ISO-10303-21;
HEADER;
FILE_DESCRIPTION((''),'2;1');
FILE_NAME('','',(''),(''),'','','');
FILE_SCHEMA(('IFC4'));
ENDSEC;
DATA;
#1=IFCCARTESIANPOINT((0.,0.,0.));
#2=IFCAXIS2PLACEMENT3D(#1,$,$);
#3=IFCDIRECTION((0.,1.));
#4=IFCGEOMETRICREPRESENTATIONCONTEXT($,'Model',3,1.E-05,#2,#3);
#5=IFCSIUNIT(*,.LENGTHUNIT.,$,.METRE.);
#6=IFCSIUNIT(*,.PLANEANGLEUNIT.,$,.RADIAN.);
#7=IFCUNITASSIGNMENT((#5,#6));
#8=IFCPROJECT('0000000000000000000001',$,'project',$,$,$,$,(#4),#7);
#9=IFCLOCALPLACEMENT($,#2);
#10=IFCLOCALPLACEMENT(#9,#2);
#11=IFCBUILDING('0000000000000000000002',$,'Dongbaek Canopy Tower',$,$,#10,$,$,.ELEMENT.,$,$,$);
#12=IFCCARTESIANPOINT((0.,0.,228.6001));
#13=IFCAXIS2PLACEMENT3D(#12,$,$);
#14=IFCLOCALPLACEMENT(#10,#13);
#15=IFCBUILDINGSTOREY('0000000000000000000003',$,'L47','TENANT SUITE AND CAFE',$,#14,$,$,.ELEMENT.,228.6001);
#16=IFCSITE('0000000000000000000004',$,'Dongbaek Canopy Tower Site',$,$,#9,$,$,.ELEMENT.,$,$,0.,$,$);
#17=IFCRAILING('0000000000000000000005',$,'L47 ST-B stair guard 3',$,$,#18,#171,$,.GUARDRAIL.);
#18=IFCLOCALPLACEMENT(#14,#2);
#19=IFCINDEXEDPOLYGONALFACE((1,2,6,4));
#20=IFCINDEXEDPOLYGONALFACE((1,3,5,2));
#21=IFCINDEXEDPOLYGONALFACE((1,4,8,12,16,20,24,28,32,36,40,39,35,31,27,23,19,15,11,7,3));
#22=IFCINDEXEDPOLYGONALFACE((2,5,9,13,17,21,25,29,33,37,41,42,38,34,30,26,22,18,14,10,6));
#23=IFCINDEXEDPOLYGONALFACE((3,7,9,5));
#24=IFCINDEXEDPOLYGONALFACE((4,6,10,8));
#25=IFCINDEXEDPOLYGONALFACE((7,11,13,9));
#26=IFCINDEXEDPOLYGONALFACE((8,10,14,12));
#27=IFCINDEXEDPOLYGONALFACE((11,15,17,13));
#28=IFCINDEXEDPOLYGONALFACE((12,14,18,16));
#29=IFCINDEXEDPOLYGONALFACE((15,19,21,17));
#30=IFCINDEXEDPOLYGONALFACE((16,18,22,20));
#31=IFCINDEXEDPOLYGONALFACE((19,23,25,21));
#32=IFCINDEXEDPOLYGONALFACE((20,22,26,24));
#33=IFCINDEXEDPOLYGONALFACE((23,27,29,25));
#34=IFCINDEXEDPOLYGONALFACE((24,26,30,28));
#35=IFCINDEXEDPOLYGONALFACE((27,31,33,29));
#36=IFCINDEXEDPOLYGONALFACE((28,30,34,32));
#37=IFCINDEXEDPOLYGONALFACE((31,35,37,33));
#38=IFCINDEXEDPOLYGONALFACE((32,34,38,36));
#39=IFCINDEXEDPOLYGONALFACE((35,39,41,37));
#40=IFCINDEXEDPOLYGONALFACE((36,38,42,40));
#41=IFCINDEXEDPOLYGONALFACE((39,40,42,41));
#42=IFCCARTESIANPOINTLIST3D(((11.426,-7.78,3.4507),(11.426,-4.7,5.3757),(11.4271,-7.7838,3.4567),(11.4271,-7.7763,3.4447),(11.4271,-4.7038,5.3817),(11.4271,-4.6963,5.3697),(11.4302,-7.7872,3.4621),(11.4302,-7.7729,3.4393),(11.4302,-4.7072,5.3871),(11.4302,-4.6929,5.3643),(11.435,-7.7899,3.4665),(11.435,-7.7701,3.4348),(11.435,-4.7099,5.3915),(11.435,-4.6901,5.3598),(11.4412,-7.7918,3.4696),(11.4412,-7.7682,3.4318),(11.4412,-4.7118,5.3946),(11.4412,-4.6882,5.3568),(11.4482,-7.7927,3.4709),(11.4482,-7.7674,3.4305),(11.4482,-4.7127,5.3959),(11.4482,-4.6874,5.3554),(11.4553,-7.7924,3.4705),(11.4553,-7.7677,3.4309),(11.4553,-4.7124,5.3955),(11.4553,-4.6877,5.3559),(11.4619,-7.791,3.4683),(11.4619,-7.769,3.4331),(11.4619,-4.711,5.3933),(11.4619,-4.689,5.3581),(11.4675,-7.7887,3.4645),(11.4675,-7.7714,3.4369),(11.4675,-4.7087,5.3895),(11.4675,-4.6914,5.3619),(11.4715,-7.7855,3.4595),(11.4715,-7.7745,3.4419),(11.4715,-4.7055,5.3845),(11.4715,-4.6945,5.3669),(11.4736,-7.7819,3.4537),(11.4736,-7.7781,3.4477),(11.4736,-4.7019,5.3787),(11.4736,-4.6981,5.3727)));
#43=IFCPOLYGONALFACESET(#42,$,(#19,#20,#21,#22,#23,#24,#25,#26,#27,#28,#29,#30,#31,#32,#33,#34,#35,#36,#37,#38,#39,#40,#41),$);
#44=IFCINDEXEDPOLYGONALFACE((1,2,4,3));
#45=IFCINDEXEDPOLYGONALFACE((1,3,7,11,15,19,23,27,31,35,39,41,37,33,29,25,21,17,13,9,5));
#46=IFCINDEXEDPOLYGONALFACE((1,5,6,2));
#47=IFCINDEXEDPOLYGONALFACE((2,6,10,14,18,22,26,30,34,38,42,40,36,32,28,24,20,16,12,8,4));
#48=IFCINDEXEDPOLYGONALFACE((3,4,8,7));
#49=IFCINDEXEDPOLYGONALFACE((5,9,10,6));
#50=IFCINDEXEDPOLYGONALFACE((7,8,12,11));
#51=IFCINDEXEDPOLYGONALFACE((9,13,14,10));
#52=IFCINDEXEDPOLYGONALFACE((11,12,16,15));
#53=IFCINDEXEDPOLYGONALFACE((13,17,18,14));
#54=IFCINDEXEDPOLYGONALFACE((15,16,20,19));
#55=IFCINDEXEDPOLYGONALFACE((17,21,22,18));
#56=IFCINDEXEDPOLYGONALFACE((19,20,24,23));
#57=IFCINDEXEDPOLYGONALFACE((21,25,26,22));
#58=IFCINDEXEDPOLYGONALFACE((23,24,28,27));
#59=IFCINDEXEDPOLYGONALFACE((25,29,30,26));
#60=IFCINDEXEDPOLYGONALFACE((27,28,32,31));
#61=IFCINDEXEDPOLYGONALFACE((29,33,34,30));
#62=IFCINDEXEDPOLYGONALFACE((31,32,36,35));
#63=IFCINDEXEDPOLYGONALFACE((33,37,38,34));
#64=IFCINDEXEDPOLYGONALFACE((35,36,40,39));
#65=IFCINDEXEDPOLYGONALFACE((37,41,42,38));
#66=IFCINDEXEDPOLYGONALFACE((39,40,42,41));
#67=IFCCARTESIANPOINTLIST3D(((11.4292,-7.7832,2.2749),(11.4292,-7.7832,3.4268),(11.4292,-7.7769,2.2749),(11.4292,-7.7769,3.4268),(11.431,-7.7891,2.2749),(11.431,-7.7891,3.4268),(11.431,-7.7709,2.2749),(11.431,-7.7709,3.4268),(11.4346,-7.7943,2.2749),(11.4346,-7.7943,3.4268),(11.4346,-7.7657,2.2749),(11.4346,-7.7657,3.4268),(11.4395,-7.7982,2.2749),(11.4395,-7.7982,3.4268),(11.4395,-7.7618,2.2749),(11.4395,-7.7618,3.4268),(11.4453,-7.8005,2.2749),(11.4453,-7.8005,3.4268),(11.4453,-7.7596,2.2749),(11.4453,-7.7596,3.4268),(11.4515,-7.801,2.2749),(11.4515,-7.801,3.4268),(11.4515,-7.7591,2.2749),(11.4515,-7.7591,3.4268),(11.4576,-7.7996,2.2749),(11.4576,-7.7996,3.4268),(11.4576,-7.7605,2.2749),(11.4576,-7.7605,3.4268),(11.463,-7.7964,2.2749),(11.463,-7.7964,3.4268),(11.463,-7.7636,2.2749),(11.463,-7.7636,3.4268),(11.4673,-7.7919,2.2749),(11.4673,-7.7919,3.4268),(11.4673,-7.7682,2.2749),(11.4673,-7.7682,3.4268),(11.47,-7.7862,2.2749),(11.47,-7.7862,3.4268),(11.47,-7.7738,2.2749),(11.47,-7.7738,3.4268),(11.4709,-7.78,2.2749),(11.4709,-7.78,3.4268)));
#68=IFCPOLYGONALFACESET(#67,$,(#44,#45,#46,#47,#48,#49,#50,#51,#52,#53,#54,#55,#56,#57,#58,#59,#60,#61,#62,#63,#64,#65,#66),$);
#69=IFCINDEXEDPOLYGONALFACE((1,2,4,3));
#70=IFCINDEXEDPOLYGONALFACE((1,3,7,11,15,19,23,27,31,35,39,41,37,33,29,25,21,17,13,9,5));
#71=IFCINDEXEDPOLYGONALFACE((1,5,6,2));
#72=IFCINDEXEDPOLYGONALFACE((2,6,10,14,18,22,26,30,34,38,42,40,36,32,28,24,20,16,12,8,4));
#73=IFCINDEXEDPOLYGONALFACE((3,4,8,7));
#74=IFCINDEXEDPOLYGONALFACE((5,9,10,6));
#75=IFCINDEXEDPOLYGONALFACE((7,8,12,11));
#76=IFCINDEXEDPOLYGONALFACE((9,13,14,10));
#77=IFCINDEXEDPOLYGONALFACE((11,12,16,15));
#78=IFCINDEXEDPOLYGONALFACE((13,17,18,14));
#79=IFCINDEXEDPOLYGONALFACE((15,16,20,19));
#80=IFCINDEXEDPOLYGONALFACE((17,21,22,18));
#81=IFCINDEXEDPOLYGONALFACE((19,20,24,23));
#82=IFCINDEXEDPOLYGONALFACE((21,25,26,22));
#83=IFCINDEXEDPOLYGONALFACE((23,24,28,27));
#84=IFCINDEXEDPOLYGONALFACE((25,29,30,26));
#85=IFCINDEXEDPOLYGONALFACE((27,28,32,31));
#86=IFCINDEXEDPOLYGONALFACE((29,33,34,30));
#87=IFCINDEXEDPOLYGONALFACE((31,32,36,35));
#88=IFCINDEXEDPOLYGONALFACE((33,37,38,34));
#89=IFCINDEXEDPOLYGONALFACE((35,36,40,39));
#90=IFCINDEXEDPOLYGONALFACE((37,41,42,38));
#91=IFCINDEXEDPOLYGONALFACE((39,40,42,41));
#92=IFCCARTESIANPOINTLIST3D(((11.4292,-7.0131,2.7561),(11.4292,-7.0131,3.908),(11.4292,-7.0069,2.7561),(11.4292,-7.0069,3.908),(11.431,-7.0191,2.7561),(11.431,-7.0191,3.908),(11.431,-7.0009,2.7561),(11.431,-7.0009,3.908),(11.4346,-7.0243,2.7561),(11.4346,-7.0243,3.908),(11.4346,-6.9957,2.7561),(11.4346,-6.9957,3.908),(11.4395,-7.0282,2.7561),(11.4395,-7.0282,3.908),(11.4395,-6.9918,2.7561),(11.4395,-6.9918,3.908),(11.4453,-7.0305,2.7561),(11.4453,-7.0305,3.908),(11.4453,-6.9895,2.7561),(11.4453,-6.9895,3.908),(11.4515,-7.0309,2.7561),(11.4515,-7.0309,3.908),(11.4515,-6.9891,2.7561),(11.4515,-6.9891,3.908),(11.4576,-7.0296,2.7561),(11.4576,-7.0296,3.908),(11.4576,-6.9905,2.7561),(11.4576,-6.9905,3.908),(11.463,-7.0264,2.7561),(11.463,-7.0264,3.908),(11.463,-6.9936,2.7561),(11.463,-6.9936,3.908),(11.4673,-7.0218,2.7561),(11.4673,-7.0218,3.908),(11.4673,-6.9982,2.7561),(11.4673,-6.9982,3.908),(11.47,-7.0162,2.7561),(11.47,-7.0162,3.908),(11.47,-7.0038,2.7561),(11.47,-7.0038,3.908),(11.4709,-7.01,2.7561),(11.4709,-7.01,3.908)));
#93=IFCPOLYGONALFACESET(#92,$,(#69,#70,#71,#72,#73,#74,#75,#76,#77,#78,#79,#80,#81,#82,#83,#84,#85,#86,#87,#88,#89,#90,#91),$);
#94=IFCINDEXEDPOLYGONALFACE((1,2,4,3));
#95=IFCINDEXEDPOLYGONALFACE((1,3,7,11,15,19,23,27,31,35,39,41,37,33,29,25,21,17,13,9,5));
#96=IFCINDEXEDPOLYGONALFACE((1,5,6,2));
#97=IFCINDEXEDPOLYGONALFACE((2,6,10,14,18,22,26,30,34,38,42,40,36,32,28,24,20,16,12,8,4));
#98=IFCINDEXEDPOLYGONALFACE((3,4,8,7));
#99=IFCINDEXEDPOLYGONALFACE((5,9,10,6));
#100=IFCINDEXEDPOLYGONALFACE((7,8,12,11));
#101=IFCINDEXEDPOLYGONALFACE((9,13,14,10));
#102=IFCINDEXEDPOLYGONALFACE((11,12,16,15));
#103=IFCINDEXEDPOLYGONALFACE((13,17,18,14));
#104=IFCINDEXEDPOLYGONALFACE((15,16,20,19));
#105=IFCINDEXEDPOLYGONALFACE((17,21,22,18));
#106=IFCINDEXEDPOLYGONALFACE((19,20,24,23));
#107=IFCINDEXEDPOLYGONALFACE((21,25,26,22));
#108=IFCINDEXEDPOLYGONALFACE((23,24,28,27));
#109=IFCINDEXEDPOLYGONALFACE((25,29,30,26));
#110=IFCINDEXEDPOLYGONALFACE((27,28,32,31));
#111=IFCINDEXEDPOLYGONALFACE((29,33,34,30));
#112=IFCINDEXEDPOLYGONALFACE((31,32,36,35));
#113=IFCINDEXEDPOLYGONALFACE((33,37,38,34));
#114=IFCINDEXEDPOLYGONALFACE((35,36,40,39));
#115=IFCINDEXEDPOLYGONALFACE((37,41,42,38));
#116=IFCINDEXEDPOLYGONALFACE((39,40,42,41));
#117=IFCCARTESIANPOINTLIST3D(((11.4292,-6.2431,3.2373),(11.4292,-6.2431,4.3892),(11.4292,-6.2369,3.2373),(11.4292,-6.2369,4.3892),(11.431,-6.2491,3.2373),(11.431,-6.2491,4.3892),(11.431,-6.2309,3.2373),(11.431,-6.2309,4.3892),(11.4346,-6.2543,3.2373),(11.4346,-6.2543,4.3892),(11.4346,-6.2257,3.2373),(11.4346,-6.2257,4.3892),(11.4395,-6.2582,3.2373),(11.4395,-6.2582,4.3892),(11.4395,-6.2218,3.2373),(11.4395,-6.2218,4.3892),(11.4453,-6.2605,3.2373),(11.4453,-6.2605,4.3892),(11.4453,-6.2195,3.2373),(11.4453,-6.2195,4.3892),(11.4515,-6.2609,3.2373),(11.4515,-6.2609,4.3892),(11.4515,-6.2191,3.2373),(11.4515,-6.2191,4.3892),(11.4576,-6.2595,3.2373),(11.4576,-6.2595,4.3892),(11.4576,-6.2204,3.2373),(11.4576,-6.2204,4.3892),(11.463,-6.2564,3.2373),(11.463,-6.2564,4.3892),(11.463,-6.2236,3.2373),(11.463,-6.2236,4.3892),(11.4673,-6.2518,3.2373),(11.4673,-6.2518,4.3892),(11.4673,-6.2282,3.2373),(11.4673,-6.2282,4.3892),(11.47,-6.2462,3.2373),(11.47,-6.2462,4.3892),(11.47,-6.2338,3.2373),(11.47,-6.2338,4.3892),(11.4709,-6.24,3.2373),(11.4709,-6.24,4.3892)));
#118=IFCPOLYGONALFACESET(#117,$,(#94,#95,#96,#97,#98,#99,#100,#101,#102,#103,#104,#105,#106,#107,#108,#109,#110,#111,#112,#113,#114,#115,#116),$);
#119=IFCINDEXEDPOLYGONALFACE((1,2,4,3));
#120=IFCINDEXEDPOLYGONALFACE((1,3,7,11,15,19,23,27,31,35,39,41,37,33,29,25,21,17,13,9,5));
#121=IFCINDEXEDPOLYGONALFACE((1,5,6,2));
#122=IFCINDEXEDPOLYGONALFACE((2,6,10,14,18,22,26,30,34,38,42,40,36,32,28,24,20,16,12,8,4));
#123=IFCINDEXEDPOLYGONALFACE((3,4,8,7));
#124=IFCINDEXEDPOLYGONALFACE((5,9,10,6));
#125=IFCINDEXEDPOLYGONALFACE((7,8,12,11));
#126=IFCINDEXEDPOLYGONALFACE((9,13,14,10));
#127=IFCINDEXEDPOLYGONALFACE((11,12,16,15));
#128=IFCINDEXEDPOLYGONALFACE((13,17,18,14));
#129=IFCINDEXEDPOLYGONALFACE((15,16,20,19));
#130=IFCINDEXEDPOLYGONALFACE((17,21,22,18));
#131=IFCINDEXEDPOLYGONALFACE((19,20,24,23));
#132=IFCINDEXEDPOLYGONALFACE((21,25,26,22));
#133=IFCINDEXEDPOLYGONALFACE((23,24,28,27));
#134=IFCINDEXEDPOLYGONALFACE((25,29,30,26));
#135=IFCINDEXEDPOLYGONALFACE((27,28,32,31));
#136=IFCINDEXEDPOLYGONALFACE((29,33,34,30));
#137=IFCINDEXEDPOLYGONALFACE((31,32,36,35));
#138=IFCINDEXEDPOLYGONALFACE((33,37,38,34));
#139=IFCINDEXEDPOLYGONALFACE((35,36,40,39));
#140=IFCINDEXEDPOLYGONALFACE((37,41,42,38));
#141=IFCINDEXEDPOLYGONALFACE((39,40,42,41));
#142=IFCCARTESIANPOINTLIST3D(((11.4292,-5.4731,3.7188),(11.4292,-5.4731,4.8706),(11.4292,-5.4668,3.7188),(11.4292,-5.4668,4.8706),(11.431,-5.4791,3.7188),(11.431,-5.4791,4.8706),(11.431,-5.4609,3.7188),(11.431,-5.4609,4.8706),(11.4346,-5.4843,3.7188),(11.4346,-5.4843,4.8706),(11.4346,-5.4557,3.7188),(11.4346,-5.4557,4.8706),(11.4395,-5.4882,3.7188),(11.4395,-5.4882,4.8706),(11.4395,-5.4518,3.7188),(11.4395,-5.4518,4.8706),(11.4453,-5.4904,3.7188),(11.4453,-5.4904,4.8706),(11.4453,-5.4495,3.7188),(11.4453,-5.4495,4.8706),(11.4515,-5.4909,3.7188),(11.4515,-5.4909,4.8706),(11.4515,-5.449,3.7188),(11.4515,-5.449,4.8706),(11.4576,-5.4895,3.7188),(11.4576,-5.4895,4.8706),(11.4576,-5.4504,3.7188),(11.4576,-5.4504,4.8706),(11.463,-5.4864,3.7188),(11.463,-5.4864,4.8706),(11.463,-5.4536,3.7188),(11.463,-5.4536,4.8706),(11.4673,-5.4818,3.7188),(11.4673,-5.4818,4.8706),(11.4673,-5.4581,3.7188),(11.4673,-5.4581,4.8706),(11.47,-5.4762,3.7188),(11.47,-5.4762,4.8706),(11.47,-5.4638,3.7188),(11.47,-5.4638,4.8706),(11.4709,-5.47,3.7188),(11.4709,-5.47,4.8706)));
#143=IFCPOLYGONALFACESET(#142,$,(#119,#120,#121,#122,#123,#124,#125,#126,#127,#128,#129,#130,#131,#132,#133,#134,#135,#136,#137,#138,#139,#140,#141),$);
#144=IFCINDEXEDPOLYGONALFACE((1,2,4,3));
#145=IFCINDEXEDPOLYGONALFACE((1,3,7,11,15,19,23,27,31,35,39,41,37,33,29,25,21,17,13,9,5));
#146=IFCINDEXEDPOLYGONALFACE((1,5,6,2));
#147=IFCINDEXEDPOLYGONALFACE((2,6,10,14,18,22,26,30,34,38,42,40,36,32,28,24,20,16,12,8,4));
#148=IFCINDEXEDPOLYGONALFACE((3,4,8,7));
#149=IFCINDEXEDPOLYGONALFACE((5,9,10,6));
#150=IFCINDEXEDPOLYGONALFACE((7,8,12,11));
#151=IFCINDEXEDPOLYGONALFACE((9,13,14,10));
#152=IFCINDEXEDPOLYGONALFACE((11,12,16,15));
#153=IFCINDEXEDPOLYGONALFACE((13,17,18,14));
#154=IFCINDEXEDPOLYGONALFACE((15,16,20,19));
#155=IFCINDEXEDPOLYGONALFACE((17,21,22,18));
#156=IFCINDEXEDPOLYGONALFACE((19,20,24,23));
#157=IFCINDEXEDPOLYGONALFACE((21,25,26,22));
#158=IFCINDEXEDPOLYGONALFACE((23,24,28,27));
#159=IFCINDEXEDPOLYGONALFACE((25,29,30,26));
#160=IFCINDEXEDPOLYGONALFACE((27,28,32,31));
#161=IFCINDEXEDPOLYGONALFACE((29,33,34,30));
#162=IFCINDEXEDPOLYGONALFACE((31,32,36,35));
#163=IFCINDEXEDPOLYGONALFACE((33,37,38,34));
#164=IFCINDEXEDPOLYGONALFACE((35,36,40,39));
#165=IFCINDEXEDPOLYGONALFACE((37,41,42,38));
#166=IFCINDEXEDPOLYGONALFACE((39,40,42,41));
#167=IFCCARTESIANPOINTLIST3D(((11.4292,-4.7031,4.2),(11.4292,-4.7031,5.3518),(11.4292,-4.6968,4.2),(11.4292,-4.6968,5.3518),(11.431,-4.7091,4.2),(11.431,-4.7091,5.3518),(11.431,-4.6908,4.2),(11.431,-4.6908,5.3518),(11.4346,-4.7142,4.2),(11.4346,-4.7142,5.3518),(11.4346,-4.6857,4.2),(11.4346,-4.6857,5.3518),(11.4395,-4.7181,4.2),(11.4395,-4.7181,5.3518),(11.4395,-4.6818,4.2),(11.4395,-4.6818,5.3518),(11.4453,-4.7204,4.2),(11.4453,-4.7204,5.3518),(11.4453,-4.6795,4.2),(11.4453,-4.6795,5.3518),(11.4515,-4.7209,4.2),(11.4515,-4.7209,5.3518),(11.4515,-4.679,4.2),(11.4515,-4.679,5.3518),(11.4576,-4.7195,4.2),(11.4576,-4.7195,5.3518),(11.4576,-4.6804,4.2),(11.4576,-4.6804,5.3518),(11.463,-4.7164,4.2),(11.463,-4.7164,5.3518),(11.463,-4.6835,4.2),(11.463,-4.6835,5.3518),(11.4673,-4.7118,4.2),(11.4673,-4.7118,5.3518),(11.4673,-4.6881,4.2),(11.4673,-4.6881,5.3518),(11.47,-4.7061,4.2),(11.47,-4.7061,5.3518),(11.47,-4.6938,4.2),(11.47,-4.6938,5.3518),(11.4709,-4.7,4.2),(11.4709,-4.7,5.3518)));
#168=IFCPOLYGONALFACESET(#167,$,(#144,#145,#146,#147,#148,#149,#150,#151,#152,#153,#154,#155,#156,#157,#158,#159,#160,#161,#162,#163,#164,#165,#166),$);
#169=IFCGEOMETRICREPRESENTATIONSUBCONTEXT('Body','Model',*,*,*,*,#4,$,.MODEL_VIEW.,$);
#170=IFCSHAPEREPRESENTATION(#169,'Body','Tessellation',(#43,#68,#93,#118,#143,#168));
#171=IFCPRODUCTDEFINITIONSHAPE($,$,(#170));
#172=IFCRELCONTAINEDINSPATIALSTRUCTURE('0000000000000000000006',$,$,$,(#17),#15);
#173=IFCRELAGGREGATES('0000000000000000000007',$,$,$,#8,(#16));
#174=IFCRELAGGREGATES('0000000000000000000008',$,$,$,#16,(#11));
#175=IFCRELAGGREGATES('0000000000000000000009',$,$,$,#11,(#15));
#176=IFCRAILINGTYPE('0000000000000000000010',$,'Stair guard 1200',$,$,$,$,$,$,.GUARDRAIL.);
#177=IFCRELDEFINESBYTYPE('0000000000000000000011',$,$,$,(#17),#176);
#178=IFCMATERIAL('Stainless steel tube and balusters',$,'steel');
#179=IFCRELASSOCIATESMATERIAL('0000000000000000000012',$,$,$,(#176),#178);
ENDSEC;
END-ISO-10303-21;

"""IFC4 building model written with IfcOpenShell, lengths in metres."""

from ifc_helpers import new_model, si_unit, direction, frame, origin, origin_2d, place, context, subcontext, project, spatial, circle, extrude, material, type_object, element, save


model = new_model("IFC4")

# Units and contexts
model_context = context("Model", 3, precision=1e-05, world=origin(), true_north=direction((0.0, 1.0)))
body_context = subcontext(model_context, "Body", "Model", "MODEL_VIEW")
ifc_project = project(units=[si_unit("LENGTHUNIT", "METRE"), si_unit("PLANEANGLEUNIT", "RADIAN")], contexts=[model_context])

# Site, building, storey
site_placement = place(None, origin())
site = spatial("IfcSite", under=ifc_project, at=site_placement, Name="Dongbaek Canopy Tower Site", CompositionType="ELEMENT", RefElevation=0.0)
building_placement = place(site_placement, origin())
building = spatial("IfcBuilding", under=site, at=building_placement, Name="Dongbaek Canopy Tower", CompositionType="ELEMENT")
storey_placement = place(building_placement, frame((0.0, 0.0, 228.6001)))
storey = spatial("IfcBuildingStorey", under=building, at=storey_placement, Name="L47", Description="TENANT SUITE AND CAFE", CompositionType="ELEMENT", Elevation=228.6001)

# Railing
ifc_material_1 = material(Name="Stainless steel tube and balusters", Category="steel")
railing_type_1 = type_object("IfcRailingType", Name="Stair guard 1200", PredefinedType="GUARDRAIL", material=ifc_material_1)
railing_1_placement = place(storey_placement, frame((11.45, -7.78, 2.2749)))
element("IfcRailing", 1, at=railing_1_placement, inside=storey, type_object=railing_type_1, Name="L47 ST-B stair guard 3", PredefinedType="GUARDRAIL", context=body_context, shape_type="SweptSolid", body=[
    extrude(circle(Radius=0.0239, at=origin_2d()), frame((0.0, 0.0, 1.1758), z_axis=(0.0, 0.847998, 0.529999), x_axis=(-1.0, 0.0, 0.0)), (0.0, 0.0, 1.0), 3.6321),
    extrude(circle(Radius=0.021, at=origin_2d()), origin(), (0.0, 0.0, 1.0), 1.1519),
    extrude(circle(Radius=0.021, at=origin_2d()), frame((0.0, 0.77, 0.4812)), (0.0, 0.0, 1.0), 1.1519),
    extrude(circle(Radius=0.021, at=origin_2d()), frame((0.0, 1.54, 0.9624)), (0.0, 0.0, 1.0), 1.1519),
    extrude(circle(Radius=0.021, at=origin_2d()), frame((0.0, 2.3101, 1.4438)), (0.0, 0.0, 1.0), 1.1519),
    extrude(circle(Radius=0.021, at=origin_2d()), frame((0.0, 3.0801, 1.925)), (0.0, 0.0, 1.0), 1.1519),
])

save(model, "model.ifc")
